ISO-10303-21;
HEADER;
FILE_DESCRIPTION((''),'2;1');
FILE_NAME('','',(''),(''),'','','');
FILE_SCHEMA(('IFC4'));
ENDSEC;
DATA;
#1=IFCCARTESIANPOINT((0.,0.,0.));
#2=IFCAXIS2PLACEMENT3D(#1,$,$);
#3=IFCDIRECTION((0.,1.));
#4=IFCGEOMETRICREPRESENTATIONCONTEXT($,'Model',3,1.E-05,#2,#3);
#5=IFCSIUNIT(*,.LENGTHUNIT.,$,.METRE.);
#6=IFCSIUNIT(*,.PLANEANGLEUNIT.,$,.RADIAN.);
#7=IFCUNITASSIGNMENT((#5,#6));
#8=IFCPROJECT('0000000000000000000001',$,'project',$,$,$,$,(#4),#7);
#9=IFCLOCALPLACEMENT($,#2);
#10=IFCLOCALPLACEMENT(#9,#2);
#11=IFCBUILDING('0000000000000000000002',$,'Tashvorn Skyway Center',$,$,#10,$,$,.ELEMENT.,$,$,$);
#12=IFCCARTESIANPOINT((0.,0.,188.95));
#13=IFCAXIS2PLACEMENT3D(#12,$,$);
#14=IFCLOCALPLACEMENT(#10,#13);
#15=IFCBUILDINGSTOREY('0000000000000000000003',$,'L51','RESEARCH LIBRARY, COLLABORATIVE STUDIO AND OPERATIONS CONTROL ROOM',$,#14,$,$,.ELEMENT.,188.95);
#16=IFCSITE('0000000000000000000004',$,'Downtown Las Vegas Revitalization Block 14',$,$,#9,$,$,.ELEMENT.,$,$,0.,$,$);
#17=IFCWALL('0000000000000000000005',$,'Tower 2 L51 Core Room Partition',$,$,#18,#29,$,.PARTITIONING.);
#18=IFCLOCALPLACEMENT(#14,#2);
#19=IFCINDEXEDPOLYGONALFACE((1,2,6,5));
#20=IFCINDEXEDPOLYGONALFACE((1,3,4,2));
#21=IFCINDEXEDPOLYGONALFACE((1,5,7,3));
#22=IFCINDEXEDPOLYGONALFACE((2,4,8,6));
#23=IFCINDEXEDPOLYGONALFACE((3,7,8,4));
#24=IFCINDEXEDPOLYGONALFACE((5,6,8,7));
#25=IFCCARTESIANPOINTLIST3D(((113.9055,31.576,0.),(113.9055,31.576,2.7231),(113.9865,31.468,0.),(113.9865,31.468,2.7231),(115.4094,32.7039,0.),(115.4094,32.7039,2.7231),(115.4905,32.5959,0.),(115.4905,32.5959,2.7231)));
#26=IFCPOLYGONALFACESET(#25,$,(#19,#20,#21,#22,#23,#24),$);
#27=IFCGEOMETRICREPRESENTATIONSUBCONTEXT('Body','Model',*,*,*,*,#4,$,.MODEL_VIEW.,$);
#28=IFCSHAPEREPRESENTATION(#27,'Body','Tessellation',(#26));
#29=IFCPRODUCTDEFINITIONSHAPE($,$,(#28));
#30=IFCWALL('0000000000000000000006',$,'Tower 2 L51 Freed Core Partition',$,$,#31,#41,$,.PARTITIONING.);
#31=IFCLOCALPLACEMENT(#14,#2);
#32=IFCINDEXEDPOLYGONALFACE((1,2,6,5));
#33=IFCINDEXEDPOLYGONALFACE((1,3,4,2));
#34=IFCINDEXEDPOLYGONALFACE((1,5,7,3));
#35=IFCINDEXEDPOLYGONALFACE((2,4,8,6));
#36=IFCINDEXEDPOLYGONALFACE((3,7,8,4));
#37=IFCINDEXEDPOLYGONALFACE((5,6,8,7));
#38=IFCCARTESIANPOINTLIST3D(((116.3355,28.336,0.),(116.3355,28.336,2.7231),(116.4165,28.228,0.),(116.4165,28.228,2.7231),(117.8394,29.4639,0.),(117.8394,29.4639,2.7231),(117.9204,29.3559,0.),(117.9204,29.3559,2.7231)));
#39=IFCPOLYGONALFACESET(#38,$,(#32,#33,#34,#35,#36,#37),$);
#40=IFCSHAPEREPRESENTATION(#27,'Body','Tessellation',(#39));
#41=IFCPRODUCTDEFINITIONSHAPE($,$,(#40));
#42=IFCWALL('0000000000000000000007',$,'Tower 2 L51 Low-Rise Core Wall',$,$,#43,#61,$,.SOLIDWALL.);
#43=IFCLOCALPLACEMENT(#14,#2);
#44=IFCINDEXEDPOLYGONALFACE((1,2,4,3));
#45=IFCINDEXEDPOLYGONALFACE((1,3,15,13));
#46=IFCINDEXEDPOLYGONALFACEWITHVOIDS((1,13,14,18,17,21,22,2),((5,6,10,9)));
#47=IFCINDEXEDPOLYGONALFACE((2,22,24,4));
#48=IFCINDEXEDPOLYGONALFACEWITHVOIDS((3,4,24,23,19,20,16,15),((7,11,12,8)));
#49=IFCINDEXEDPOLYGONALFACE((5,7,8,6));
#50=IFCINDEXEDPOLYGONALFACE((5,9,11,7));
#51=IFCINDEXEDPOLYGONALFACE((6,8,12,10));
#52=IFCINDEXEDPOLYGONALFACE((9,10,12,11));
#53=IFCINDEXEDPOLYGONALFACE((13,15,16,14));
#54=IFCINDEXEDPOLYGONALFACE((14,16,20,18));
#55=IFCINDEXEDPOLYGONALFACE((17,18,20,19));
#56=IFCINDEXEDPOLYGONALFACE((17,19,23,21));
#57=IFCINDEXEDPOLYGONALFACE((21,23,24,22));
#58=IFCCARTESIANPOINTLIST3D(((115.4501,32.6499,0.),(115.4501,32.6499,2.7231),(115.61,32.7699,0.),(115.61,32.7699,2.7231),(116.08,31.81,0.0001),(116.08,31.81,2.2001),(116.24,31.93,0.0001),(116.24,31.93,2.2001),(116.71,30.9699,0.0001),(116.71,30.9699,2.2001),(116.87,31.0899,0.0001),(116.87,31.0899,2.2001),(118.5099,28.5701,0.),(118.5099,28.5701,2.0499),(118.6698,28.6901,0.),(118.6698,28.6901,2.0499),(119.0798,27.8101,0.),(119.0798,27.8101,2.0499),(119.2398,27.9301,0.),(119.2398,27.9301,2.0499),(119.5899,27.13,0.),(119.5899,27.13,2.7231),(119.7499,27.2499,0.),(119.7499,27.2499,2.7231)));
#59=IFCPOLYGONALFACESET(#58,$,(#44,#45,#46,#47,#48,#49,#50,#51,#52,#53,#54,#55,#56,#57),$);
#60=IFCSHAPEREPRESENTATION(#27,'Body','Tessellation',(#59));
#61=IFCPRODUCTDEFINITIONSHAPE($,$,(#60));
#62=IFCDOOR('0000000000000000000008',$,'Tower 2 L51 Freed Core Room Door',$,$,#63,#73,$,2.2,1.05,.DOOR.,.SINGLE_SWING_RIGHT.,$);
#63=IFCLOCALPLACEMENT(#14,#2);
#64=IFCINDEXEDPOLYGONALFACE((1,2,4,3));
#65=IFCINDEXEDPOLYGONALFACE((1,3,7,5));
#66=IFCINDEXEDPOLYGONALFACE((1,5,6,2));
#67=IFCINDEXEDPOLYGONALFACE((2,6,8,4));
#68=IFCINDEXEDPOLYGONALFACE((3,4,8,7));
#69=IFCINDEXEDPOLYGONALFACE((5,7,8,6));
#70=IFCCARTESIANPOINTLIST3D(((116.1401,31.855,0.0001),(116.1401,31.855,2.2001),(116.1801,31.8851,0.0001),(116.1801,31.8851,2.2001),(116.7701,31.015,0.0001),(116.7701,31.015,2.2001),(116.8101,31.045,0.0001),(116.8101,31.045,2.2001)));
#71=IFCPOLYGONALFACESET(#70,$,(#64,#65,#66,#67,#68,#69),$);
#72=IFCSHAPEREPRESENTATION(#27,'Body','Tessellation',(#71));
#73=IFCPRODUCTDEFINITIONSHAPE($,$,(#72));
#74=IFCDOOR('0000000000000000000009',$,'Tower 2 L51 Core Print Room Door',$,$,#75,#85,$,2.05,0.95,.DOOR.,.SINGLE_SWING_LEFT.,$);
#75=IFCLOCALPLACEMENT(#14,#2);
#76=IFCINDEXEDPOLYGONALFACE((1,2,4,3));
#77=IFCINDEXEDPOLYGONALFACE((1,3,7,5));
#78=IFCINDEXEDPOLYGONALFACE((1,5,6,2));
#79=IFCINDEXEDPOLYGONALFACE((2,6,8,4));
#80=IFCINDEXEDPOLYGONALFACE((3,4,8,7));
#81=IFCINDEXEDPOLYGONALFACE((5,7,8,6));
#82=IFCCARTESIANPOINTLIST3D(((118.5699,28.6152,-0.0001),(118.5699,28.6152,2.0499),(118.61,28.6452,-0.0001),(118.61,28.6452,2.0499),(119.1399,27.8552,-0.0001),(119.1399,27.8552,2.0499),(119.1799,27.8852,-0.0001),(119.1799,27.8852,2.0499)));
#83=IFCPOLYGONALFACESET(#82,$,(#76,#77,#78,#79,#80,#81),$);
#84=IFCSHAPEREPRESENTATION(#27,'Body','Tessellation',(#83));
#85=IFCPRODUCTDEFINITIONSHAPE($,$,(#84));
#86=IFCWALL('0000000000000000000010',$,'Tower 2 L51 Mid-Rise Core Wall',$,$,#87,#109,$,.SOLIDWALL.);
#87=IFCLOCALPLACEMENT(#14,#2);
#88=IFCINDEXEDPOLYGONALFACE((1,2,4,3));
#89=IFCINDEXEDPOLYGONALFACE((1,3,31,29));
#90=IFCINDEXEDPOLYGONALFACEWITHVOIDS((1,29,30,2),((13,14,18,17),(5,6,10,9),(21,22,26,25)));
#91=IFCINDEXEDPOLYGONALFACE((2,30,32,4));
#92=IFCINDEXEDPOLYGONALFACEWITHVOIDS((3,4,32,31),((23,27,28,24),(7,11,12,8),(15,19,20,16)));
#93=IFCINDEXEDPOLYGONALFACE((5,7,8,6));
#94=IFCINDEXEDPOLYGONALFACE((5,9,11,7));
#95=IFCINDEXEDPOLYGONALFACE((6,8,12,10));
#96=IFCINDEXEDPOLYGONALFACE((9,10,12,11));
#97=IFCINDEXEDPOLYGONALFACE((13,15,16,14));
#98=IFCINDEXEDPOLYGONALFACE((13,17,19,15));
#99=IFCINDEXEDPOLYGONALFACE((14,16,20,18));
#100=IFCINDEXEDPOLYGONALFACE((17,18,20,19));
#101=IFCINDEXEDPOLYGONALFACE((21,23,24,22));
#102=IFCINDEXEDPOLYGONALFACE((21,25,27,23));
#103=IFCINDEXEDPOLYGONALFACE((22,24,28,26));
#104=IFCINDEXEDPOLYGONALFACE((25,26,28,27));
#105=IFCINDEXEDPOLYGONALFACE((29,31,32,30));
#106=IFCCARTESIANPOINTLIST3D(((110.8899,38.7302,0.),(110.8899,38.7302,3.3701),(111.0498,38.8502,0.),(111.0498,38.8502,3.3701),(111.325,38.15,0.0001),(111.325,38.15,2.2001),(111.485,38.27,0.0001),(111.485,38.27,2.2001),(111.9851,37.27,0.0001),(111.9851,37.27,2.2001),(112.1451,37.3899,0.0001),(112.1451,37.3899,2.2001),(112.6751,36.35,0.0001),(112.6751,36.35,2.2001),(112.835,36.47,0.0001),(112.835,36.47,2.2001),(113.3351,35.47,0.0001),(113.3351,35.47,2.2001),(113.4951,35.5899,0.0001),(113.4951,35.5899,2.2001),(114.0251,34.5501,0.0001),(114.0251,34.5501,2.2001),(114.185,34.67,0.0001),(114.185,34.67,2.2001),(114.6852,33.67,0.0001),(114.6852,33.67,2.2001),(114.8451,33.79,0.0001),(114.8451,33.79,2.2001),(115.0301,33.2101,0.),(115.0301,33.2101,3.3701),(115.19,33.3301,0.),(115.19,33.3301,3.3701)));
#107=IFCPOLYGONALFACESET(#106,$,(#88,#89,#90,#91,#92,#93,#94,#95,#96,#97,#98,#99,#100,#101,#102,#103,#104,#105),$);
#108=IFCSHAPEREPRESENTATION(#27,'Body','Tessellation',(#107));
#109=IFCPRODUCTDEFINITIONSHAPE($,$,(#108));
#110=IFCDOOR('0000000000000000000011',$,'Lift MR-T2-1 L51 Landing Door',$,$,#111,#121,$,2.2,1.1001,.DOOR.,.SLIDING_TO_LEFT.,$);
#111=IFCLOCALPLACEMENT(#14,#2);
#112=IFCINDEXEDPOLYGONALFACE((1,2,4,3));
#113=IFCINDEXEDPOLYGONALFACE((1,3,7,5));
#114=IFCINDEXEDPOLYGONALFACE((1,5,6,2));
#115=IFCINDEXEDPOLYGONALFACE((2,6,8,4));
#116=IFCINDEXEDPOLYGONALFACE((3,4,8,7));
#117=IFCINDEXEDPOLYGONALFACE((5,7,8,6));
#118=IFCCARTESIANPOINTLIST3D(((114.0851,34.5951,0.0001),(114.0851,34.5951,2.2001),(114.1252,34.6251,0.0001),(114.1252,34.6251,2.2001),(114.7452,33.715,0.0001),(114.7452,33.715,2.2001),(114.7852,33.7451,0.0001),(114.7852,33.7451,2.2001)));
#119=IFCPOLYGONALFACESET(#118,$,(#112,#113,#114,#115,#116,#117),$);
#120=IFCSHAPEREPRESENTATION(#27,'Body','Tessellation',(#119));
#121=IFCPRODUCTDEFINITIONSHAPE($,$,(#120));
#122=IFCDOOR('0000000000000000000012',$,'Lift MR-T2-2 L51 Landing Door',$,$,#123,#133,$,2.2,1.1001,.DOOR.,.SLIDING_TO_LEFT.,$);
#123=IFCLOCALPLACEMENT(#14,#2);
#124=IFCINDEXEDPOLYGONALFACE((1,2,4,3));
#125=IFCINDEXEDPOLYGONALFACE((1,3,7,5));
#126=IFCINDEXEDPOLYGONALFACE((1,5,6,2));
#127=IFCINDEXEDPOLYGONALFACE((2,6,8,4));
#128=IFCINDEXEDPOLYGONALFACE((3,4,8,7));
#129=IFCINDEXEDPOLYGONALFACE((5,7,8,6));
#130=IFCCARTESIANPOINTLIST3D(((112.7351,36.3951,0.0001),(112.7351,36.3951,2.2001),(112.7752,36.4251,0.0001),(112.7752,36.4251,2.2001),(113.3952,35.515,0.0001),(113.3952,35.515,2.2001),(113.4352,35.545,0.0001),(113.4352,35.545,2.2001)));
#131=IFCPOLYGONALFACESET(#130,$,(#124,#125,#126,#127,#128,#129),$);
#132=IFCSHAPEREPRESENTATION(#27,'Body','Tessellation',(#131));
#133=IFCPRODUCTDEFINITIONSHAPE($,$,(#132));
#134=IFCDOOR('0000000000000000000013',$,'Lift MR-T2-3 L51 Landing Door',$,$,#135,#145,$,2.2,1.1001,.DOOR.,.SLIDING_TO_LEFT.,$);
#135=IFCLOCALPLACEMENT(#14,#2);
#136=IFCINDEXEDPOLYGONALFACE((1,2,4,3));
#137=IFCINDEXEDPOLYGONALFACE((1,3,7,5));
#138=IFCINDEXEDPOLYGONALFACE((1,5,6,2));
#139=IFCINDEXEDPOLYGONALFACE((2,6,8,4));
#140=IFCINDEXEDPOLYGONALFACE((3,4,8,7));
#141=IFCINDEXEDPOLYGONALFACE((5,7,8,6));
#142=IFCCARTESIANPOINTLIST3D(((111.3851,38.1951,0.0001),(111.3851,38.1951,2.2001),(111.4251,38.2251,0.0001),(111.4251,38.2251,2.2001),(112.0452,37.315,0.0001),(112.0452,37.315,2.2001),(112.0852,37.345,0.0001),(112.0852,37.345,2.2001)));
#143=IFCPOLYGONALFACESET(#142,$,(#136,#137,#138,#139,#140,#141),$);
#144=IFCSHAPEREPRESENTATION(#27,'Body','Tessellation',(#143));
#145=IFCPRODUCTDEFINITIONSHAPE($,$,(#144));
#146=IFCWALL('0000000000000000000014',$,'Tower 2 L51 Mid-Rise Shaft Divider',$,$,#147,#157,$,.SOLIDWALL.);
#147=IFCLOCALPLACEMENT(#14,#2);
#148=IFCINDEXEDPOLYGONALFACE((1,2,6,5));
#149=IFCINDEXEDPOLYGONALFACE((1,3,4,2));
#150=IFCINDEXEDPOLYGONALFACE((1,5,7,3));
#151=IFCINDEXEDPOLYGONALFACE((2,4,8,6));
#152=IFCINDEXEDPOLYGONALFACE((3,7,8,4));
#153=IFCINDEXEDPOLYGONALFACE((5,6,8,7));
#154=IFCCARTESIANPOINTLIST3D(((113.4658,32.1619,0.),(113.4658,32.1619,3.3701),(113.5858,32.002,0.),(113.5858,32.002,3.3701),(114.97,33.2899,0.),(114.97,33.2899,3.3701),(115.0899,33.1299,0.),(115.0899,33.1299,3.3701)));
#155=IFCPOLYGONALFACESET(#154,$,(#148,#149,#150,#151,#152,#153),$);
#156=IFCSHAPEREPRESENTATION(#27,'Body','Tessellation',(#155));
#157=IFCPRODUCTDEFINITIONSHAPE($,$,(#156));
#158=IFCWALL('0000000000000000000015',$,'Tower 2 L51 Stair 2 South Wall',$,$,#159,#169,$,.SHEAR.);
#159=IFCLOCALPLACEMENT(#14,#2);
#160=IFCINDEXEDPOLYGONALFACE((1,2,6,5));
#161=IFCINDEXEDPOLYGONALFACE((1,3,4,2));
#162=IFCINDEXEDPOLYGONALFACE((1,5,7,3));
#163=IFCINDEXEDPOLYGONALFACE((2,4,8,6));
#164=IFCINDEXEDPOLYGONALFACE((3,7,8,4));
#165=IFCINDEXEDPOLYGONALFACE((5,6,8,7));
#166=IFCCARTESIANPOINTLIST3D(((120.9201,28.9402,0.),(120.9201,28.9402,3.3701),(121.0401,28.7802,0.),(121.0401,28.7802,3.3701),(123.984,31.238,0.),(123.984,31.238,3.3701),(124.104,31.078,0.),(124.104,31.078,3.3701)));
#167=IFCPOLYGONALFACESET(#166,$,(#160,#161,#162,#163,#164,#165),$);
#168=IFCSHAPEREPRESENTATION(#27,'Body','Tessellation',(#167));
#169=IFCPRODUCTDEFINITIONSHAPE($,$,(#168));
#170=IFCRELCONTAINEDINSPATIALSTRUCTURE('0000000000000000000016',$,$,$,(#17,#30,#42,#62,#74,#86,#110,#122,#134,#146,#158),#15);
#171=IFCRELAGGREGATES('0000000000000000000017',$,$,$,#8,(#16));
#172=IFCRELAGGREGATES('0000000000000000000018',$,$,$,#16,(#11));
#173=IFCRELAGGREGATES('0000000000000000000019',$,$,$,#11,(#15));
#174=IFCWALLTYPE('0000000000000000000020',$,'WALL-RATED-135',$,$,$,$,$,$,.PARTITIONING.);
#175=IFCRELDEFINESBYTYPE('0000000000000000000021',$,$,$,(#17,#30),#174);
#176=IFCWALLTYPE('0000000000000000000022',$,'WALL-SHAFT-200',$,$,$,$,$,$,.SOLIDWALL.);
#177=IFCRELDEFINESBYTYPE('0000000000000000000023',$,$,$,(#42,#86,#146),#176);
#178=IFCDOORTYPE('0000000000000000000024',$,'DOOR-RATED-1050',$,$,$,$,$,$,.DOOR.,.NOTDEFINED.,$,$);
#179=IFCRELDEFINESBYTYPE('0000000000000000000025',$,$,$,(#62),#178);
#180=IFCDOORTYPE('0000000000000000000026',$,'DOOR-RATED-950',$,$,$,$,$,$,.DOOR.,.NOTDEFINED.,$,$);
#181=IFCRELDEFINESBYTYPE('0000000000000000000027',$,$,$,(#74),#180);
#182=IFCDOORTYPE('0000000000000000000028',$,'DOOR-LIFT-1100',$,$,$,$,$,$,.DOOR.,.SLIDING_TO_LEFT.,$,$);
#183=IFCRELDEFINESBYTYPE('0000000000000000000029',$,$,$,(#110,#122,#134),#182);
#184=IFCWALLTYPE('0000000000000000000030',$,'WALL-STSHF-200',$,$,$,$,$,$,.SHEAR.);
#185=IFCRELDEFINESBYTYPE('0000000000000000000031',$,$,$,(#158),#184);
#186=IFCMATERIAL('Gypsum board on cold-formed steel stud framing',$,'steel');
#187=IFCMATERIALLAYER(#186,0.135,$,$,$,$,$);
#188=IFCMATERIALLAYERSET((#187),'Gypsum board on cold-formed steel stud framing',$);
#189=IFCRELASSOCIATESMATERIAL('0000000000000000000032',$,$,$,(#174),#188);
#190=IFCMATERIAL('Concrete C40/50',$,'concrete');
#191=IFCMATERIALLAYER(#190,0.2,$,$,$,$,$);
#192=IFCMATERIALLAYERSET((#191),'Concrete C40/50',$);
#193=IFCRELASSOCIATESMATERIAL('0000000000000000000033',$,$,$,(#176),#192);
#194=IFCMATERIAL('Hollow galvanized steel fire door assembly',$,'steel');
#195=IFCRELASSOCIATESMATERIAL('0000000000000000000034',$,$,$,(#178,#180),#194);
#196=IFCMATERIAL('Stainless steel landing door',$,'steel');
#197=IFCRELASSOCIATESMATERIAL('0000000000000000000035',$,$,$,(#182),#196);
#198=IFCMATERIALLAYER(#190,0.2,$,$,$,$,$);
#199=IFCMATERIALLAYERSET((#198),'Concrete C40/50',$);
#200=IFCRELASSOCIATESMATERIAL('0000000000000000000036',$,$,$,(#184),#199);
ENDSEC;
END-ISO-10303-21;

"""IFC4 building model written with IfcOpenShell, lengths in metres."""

from ifc_helpers import new_model, si_unit, direction, frame, frame_2d, origin, place, context, subcontext, project, spatial, rectangle, extrude, material, layer, layer_set, type_object, element, fill, save


model = new_model("IFC4")

# Units and contexts
model_context = context("Model", 3, precision=1e-05, world=origin(), true_north=direction((0.0, 1.0)))
body_context = subcontext(model_context, "Body", "Model", "MODEL_VIEW")
ifc_project = project(units=[si_unit("LENGTHUNIT", "METRE"), si_unit("PLANEANGLEUNIT", "RADIAN")], contexts=[model_context])

# Site, building, storey
site_placement = place(None, origin())
site = spatial("IfcSite", under=ifc_project, at=site_placement, Name="Downtown Las Vegas Revitalization Block 14", CompositionType="ELEMENT", RefElevation=0.0)
building_placement = place(site_placement, origin())
building = spatial("IfcBuilding", under=site, at=building_placement, Name="Tashvorn Skyway Center", CompositionType="ELEMENT")
storey_placement = place(building_placement, frame((0.0, 0.0, 188.95)))
storey = spatial("IfcBuildingStorey", under=building, at=storey_placement, Name="L51", Description="RESEARCH LIBRARY, COLLABORATIVE STUDIO AND OPERATIONS CONTROL ROOM", CompositionType="ELEMENT", Elevation=188.95)

# Walls
ifc_material_1 = material(Name="Gypsum board on cold-formed steel stud framing", Category="steel")
ifc_layer_1 = layer(ifc_material_1, 0.135)
ifc_layer_set_1 = layer_set([ifc_layer_1], Name="Gypsum board on cold-formed steel stud framing")
wall_type_1 = type_object("IfcWallType", Name="WALL-RATED-135", PredefinedType="PARTITIONING", material=ifc_layer_set_1)
for number, where, z_axis, x_axis, name in (
    (1, (113.946, 31.522, 0.0), (0.0, 0.0, 1.0), (0.8, 0.6, 0.0), "Tower 2 L51 Core Room Partition"),
    (2, (116.376, 28.282, 0.0), (0.0, 0.0, 1.0), (0.8, 0.6, 0.0), "Tower 2 L51 Freed Core Partition"),
):
    element("IfcWall", number, at=place(storey_placement, frame(where, z_axis=z_axis, x_axis=x_axis)), inside=storey, type_object=wall_type_1, Name=name, PredefinedType="PARTITIONING", context=body_context, shape_type="SweptSolid", body=[
        extrude(rectangle(XDim=1.8799, YDim=0.135, at=frame_2d((0.9399, 0.0))), origin(), (0.0, 0.0, 1.0), 2.7231),
    ])

# Walls, openings, doors
ifc_material_2 = material(Name="Concrete C40/50", Category="concrete")
ifc_layer_2 = layer(ifc_material_2, 0.2)
ifc_layer_set_2 = layer_set([ifc_layer_2], Name="Concrete C40/50")
wall_type_2 = type_object("IfcWallType", Name="WALL-SHAFT-200", PredefinedType="SOLIDWALL", material=ifc_layer_set_2)
wall_1_placement = place(storey_placement, frame((119.6699, 27.1899, 0.0), z_axis=(0.0, 0.0, 1.0), x_axis=(-0.599989, 0.800008, 0.0)))
wall_1 = element("IfcWall", 3, at=wall_1_placement, inside=storey, type_object=wall_type_2, Name="Tower 2 L51 Low-Rise Core Wall", PredefinedType="SOLIDWALL", context=body_context, shape_type="SweptSolid", body=[
    extrude(rectangle(XDim=6.8999, YDim=0.2, at=frame_2d((3.45, 0.0))), origin(), (0.0, 0.0, 1.0), 2.7231),
])
opening_1_placement = place(wall_1_placement, frame((0.8501, 0.0, 0.0)))
opening_1 = element("IfcOpeningElement", 4, at=opening_1_placement, cuts=wall_1, PredefinedType="OPENING", context=body_context, shape_type="SweptSolid", body=[
    extrude(rectangle(XDim=0.95, YDim=2.05, at=frame_2d((0.4751, 1.0249))), frame((0.0, 0.1099, 0.0), z_axis=(0.0, -1.0, 0.0), x_axis=(1.0, 0.0, 0.0)), (0.0, 0.0, 1.0), 0.22),
])
opening_2_placement = place(wall_1_placement, frame((4.8, 0.0, 0.0)))
opening_2 = element("IfcOpeningElement", 5, at=opening_2_placement, cuts=wall_1, PredefinedType="OPENING", context=body_context, shape_type="SweptSolid", body=[
    extrude(rectangle(XDim=1.05, YDim=2.2, at=frame_2d((0.5249, 1.1001))), frame((0.0, 0.1099, 0.0), z_axis=(0.0, -1.0, 0.0), x_axis=(1.0, 0.0, 0.0)), (0.0, 0.0, 1.0), 0.22),
])
ifc_material_3 = material(Name="Hollow galvanized steel fire door assembly", Category="steel")
door_type_1 = type_object("IfcDoorType", Name="DOOR-RATED-1050", OperationType="NOTDEFINED", PredefinedType="DOOR", material=ifc_material_3)
door_1_placement = place(opening_2_placement, origin())
door_1 = element("IfcDoor", 6, at=door_1_placement, inside=storey, type_object=door_type_1, Name="Tower 2 L51 Freed Core Room Door", OperationType="SINGLE_SWING_RIGHT", OverallHeight=2.2, OverallWidth=1.05, PredefinedType="DOOR", context=body_context, shape_type="SweptSolid", body=[
    extrude(rectangle(XDim=1.05, YDim=2.2, at=frame_2d((0.5249, 1.1001))), frame((0.0, 0.0249, 0.0), z_axis=(0.0, -1.0, 0.0), x_axis=(1.0, 0.0, 0.0)), (0.0, 0.0, 1.0), 0.05),
])
fill(opening_2, door_1)
door_type_2 = type_object("IfcDoorType", Name="DOOR-RATED-950", OperationType="NOTDEFINED", PredefinedType="DOOR", material=ifc_material_3)
door_2_placement = place(opening_1_placement, origin())
door_2 = element("IfcDoor", 7, at=door_2_placement, inside=storey, type_object=door_type_2, Name="Tower 2 L51 Core Print Room Door", OperationType="SINGLE_SWING_LEFT", OverallHeight=2.05, OverallWidth=0.95, PredefinedType="DOOR", context=body_context, shape_type="SweptSolid", body=[
    extrude(rectangle(XDim=0.95, YDim=2.05, at=frame_2d((0.4751, 1.0249))), frame((0.0, 0.0249, 0.0), z_axis=(0.0, -1.0, 0.0), x_axis=(1.0, 0.0, 0.0)), (0.0, 0.0, 1.0), 0.05),
])
fill(opening_1, door_2)
wall_2_placement = place(storey_placement, frame((115.1101, 33.27, 0.0), z_axis=(0.0, 0.0, 1.0), x_axis=(-0.600011, 0.799992, 0.0)))
wall_2 = element("IfcWall", 8, at=wall_2_placement, inside=storey, type_object=wall_type_2, Name="Tower 2 L51 Mid-Rise Core Wall", PredefinedType="SOLIDWALL", context=body_context, shape_type="SweptSolid", body=[
    extrude(rectangle(XDim=6.9001, YDim=0.2, at=frame_2d((3.4502, 0.0))), origin(), (0.0, 0.0, 1.0), 3.3701),
])
opening_3_placement = place(wall_2_placement, frame((0.575, 0.0, 0.0)))
opening_3 = element("IfcOpeningElement", 9, at=opening_3_placement, cuts=wall_2, PredefinedType="OPENING", context=body_context, shape_type="SweptSolid", body=[
    extrude(rectangle(XDim=1.1001, YDim=2.2, at=frame_2d((0.55, 1.1001))), frame((0.0, 0.1099, 0.0), z_axis=(0.0, -1.0, 0.0), x_axis=(1.0, 0.0, 0.0)), (0.0, 0.0, 1.0), 0.22),
])
opening_4_placement = place(wall_2_placement, frame((2.825, 0.0, 0.0)))
opening_4 = element("IfcOpeningElement", 10, at=opening_4_placement, cuts=wall_2, PredefinedType="OPENING", context=body_context, shape_type="SweptSolid", body=[
    extrude(rectangle(XDim=1.1001, YDim=2.2, at=frame_2d((0.55, 1.1001))), frame((0.0, 0.1099, 0.0), z_axis=(0.0, -1.0, 0.0), x_axis=(1.0, 0.0, 0.0)), (0.0, 0.0, 1.0), 0.22),
])
opening_5_placement = place(wall_2_placement, frame((5.075, 0.0, 0.0)))
opening_5 = element("IfcOpeningElement", 11, at=opening_5_placement, cuts=wall_2, PredefinedType="OPENING", context=body_context, shape_type="SweptSolid", body=[
    extrude(rectangle(XDim=1.1001, YDim=2.2, at=frame_2d((0.55, 1.1001))), frame((0.0, 0.1099, 0.0), z_axis=(0.0, -1.0, 0.0), x_axis=(1.0, 0.0, 0.0)), (0.0, 0.0, 1.0), 0.22),
])
ifc_material_4 = material(Name="Stainless steel landing door", Category="steel")
door_type_3 = type_object("IfcDoorType", Name="DOOR-LIFT-1100", OperationType="SLIDING_TO_LEFT", PredefinedType="DOOR", material=ifc_material_4)
door_3_placement = place(opening_3_placement, origin())
door_3 = element("IfcDoor", 12, at=door_3_placement, inside=storey, type_object=door_type_3, Name="Lift MR-T2-1 L51 Landing Door", OperationType="SLIDING_TO_LEFT", OverallHeight=2.2, OverallWidth=1.1001, PredefinedType="DOOR", context=body_context, shape_type="SweptSolid", body=[
    extrude(rectangle(XDim=1.1001, YDim=2.2, at=frame_2d((0.55, 1.1001))), frame((0.0, 0.0249, 0.0), z_axis=(0.0, -1.0, 0.0), x_axis=(1.0, 0.0, 0.0)), (0.0, 0.0, 1.0), 0.05),
])
fill(opening_3, door_3)
door_4_placement = place(opening_4_placement, origin())
door_4 = element("IfcDoor", 13, at=door_4_placement, inside=storey, type_object=door_type_3, Name="Lift MR-T2-2 L51 Landing Door", OperationType="SLIDING_TO_LEFT", OverallHeight=2.2, OverallWidth=1.1001, PredefinedType="DOOR", context=body_context, shape_type="SweptSolid", body=[
    extrude(rectangle(XDim=1.1001, YDim=2.2, at=frame_2d((0.55, 1.1001))), frame((0.0, 0.0249, 0.0), z_axis=(0.0, -1.0, 0.0), x_axis=(1.0, 0.0, 0.0)), (0.0, 0.0, 1.0), 0.05),
])
fill(opening_4, door_4)
door_5_placement = place(opening_5_placement, origin())
door_5 = element("IfcDoor", 14, at=door_5_placement, inside=storey, type_object=door_type_3, Name="Lift MR-T2-3 L51 Landing Door", OperationType="SLIDING_TO_LEFT", OverallHeight=2.2, OverallWidth=1.1001, PredefinedType="DOOR", context=body_context, shape_type="SweptSolid", body=[
    extrude(rectangle(XDim=1.1001, YDim=2.2, at=frame_2d((0.55, 1.1001))), frame((0.0, 0.0249, 0.0), z_axis=(0.0, -1.0, 0.0), x_axis=(1.0, 0.0, 0.0)), (0.0, 0.0, 1.0), 0.05),
])
fill(opening_5, door_5)

# Walls
wall_3_placement = place(storey_placement, frame((113.5259, 32.082, 0.0), z_axis=(0.0, 0.0, 1.0), x_axis=(0.800047, 0.599938, 0.0)))
element("IfcWall", 15, at=wall_3_placement, inside=storey, type_object=wall_type_2, Name="Tower 2 L51 Mid-Rise Shaft Divider", PredefinedType="SOLIDWALL", context=body_context, shape_type="SweptSolid", body=[
    extrude(rectangle(XDim=1.8801, YDim=0.2, at=frame_2d((0.9399, 0.0))), origin(), (0.0, 0.0, 1.0), 3.3701),
])
ifc_layer_3 = layer(ifc_material_2, 0.2)
ifc_layer_set_3 = layer_set([ifc_layer_3], Name="Concrete C40/50")
wall_type_3 = type_object("IfcWallType", Name="WALL-STSHF-200", PredefinedType="SHEAR", material=ifc_layer_set_3)
wall_4_placement = place(storey_placement, frame((120.98, 28.8601, 0.0), z_axis=(0.0, 0.0, 1.0), x_axis=(0.800015, 0.59998, 0.0)))
element("IfcWall", 16, at=wall_4_placement, inside=storey, type_object=wall_type_3, Name="Tower 2 L51 Stair 2 South Wall", PredefinedType="SHEAR", context=body_context, shape_type="SweptSolid", body=[
    extrude(rectangle(XDim=3.8298, YDim=0.2, at=frame_2d((1.915, 0.0))), origin(), (0.0, 0.0, 1.0), 3.3701),
])

save(model, "model.ifc")
